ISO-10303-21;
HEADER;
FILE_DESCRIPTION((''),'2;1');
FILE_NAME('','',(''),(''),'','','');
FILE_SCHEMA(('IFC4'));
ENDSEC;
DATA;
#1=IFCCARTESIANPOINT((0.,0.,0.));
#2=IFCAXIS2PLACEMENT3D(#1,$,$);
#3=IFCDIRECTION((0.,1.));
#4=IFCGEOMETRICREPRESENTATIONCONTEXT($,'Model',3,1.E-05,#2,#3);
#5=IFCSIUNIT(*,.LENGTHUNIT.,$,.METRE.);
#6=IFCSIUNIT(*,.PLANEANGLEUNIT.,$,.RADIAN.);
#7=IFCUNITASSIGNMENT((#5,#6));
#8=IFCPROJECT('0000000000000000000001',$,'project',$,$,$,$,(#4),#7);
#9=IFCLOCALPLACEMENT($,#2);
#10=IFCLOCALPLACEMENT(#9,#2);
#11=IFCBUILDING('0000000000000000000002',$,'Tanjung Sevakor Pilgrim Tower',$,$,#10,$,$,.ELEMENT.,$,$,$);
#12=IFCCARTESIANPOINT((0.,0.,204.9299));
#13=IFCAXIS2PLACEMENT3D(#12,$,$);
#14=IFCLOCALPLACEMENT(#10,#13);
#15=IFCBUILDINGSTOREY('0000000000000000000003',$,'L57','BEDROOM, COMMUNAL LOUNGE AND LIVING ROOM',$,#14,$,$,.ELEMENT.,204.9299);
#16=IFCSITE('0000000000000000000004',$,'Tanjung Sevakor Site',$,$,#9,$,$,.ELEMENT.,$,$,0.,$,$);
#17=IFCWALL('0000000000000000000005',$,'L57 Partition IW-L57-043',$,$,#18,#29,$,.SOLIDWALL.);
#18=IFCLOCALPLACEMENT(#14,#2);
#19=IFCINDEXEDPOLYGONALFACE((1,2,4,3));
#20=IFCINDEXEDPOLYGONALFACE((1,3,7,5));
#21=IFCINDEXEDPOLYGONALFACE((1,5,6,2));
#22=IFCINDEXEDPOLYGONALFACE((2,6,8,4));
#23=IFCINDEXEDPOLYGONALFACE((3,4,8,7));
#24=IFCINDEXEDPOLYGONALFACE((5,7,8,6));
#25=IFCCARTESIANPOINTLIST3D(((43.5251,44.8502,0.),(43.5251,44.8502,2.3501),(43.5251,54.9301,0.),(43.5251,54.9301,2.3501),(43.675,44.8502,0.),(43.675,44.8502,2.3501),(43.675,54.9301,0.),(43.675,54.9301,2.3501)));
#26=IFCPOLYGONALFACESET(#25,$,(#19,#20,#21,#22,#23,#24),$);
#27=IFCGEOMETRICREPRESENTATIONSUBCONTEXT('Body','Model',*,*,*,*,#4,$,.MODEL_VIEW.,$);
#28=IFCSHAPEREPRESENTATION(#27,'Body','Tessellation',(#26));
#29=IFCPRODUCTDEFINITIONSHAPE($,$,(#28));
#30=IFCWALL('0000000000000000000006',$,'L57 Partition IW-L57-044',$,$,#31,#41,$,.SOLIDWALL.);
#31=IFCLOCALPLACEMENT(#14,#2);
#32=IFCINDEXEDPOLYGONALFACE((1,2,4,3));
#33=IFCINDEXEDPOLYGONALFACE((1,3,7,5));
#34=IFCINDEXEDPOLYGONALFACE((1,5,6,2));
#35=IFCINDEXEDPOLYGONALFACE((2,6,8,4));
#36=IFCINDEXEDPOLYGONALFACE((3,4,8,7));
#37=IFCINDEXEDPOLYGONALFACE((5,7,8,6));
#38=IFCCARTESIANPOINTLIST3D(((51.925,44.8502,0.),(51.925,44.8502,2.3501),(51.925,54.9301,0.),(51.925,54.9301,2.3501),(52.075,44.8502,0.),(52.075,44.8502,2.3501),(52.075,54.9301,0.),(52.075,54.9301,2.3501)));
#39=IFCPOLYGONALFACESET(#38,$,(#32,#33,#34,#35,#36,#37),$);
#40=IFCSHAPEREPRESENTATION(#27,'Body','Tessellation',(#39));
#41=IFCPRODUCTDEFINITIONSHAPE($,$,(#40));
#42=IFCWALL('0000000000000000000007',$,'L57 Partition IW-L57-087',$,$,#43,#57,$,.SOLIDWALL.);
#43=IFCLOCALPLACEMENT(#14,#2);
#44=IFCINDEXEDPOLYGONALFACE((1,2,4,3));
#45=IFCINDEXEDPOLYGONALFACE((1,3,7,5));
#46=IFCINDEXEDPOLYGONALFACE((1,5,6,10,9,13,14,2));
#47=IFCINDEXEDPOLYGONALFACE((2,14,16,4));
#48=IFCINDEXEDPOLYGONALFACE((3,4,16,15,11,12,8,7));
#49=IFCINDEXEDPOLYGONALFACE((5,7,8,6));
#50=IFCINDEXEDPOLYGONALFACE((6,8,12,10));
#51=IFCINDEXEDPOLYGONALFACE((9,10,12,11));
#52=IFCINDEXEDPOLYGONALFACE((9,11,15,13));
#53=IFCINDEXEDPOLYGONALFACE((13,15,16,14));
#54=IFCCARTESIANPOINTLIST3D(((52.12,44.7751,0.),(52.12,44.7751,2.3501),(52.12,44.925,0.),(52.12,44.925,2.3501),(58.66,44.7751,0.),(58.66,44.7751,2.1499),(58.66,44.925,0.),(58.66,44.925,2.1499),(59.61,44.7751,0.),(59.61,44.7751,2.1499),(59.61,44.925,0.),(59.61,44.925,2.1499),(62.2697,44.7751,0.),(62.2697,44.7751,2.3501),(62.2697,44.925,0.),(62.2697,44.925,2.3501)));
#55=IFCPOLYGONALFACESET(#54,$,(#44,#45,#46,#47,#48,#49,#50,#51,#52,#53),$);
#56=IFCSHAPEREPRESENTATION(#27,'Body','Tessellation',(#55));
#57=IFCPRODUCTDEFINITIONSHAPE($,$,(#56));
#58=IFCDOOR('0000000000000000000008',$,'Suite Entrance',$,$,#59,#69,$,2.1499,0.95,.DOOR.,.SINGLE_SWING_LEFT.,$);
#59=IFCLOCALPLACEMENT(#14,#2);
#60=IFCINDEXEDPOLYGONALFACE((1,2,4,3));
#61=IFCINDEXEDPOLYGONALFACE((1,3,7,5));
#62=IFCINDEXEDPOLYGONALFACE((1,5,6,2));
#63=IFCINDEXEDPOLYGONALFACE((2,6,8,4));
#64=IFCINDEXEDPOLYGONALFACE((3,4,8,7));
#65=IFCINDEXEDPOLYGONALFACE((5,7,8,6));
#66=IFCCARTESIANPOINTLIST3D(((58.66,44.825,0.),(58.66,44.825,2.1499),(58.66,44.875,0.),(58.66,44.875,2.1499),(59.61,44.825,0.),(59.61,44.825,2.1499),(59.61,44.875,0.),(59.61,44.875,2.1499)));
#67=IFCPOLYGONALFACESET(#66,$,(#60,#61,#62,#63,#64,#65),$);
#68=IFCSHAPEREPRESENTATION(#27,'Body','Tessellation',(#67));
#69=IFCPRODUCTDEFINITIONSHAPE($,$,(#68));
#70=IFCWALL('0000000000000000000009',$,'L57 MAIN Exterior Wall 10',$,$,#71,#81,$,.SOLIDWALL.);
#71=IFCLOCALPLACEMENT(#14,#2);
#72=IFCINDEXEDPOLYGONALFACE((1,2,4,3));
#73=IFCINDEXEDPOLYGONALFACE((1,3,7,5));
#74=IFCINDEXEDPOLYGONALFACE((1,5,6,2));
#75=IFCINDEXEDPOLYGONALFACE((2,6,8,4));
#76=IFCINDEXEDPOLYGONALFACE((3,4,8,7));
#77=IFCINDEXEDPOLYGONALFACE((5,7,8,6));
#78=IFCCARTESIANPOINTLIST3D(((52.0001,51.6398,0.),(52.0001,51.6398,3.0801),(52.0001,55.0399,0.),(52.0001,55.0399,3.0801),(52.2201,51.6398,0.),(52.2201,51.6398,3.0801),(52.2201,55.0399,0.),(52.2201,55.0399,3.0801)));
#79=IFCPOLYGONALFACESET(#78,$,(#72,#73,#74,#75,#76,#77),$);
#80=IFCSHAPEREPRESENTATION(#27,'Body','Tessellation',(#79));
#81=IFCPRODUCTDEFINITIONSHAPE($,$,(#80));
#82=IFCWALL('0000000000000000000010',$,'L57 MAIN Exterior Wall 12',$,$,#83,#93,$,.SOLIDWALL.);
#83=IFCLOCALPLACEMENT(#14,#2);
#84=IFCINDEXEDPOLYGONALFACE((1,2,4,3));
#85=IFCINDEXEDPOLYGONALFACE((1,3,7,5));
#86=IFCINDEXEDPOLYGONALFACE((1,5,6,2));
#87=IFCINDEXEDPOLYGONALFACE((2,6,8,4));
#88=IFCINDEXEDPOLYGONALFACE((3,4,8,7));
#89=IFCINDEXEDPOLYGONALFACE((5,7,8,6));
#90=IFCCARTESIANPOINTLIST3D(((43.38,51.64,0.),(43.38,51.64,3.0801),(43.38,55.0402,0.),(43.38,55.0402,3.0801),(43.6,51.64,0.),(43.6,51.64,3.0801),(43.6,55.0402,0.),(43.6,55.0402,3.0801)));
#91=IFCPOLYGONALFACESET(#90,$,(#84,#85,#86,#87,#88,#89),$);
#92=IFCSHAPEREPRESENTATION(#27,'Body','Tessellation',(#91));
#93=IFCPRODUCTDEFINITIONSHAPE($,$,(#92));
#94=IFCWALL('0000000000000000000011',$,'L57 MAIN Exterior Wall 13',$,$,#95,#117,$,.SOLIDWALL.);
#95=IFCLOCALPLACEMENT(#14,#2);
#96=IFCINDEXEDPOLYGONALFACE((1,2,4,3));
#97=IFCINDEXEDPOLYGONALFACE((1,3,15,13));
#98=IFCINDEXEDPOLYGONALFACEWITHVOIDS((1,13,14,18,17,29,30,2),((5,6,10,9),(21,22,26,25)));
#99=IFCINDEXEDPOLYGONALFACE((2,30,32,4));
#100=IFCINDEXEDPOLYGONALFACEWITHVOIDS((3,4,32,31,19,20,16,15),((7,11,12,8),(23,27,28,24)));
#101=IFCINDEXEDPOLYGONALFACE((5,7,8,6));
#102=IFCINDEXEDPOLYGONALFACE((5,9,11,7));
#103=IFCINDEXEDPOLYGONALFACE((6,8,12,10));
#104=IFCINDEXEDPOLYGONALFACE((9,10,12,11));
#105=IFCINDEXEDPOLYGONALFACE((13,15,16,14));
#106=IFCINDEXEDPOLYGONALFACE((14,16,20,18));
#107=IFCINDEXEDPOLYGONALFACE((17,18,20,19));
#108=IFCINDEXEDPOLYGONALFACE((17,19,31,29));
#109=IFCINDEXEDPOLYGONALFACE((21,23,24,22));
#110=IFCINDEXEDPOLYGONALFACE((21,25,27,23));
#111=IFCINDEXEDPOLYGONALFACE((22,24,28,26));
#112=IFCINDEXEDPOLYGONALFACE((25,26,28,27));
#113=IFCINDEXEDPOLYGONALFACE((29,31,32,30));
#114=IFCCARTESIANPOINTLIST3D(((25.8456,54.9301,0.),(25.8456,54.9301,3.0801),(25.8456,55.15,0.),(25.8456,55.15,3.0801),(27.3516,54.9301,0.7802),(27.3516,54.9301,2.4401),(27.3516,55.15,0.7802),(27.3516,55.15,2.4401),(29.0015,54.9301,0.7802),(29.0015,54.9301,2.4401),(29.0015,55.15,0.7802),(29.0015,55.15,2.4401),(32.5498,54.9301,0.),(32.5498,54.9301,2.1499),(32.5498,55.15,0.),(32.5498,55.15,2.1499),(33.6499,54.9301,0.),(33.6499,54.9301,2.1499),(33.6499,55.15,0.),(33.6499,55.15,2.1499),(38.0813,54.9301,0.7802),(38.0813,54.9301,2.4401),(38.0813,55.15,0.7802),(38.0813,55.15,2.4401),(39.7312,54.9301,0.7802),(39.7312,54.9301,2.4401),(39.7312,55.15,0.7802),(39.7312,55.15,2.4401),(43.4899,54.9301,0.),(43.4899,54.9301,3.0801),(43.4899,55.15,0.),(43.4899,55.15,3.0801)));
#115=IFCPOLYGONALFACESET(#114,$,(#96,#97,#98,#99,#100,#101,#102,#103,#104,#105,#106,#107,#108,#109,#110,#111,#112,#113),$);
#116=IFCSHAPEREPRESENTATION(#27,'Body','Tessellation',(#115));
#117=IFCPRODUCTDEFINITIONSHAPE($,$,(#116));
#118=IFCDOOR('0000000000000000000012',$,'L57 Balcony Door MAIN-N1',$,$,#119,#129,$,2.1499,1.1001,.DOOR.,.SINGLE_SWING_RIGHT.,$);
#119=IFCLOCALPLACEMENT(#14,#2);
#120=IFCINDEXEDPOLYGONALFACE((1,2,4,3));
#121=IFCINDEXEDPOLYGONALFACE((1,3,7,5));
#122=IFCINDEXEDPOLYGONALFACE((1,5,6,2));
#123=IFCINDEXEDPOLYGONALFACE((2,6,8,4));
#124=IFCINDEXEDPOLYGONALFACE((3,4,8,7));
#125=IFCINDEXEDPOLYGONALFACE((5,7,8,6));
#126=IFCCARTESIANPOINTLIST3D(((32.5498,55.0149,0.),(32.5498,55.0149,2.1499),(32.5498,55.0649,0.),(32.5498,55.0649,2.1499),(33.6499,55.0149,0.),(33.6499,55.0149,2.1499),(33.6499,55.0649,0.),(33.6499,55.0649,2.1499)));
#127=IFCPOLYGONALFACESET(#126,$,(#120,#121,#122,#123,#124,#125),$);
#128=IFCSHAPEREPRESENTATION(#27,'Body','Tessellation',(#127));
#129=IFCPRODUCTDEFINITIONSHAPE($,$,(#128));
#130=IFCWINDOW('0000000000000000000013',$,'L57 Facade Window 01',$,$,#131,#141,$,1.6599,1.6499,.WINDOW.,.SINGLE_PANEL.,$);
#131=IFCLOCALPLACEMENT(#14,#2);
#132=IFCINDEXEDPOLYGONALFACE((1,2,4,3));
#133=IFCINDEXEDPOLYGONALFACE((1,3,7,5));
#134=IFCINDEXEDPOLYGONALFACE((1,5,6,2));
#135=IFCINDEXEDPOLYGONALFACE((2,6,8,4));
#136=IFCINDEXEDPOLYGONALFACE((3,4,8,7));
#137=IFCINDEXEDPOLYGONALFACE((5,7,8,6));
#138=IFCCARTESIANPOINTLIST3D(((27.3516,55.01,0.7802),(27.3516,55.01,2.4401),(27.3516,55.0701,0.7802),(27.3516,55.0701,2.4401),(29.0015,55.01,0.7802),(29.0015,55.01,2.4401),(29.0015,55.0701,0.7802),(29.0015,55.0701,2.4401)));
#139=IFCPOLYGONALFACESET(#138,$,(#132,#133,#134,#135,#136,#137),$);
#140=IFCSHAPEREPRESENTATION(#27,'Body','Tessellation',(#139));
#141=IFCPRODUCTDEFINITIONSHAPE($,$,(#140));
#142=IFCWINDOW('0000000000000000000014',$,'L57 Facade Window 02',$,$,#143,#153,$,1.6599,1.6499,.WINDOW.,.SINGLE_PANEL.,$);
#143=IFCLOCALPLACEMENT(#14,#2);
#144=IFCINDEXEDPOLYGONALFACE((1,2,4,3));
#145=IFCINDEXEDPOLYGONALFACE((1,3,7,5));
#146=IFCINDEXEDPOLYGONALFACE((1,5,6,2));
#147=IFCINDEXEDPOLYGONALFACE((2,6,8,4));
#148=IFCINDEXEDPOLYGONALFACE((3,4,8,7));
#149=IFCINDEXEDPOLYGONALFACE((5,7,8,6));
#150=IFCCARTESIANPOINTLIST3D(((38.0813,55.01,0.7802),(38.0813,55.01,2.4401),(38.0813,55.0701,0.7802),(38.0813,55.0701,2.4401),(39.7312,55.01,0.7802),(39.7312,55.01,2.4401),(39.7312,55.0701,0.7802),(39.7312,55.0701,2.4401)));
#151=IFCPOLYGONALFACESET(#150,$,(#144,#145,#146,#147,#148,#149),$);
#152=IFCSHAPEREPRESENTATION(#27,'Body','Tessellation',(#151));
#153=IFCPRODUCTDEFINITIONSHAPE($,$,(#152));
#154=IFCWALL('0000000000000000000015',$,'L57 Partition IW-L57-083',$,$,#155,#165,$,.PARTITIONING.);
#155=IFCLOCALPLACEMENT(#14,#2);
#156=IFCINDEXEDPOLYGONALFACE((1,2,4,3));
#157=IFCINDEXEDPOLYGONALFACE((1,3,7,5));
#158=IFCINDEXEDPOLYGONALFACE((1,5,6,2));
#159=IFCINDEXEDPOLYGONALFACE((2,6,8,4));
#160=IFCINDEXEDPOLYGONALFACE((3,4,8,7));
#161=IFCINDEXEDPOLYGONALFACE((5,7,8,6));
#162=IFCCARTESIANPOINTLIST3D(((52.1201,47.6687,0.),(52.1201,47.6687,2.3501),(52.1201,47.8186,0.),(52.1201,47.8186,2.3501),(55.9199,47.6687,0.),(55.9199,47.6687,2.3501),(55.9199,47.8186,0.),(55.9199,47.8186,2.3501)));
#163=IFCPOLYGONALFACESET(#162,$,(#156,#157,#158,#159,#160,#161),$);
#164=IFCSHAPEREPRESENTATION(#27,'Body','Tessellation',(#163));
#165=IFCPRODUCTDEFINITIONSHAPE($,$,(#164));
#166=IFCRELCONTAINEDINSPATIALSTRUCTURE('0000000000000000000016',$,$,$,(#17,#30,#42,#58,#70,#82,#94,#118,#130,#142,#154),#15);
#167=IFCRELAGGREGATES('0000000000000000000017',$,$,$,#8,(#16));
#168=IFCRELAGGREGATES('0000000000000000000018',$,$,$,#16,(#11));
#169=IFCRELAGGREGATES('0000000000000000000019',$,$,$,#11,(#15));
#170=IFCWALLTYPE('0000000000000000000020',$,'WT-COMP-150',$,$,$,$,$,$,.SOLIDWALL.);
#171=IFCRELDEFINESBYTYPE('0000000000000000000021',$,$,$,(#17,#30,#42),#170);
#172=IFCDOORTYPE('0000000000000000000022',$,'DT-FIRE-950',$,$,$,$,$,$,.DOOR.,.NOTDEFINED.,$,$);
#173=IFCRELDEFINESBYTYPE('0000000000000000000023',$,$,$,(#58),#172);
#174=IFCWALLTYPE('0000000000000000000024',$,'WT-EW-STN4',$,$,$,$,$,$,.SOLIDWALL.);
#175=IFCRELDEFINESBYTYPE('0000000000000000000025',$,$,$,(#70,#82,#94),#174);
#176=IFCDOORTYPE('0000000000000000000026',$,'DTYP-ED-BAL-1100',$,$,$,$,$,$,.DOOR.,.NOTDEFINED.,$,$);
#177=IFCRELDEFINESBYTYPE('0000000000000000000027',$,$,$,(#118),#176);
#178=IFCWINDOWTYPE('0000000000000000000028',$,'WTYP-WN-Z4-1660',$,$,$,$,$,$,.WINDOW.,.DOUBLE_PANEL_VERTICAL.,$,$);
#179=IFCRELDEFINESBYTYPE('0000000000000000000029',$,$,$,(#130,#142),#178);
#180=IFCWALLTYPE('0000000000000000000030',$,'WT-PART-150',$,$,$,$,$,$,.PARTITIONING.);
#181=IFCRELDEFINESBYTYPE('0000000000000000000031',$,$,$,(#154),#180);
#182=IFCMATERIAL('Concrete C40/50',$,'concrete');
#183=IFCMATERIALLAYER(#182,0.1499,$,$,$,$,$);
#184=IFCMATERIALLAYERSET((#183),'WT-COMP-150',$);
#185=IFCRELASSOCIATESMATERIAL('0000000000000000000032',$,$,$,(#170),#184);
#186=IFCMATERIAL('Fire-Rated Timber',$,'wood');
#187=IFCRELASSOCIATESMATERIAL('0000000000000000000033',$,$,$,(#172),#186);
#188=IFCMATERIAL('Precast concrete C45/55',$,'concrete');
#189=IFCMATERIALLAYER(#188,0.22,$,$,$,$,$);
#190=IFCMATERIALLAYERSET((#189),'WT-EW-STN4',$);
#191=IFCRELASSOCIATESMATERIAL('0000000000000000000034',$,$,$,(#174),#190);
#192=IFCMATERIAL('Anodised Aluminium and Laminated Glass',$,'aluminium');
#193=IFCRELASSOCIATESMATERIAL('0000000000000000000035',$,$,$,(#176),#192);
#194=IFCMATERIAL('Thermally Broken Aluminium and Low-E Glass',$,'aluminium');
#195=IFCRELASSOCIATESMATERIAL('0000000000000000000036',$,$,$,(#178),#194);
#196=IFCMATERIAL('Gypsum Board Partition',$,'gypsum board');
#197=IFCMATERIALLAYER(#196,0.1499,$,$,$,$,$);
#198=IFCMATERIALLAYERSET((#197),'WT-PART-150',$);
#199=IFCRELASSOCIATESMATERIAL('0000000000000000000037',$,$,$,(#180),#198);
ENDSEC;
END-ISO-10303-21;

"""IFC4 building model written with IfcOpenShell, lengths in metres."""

from ifc_helpers import new_model, si_unit, direction, frame, frame_2d, origin, place, context, subcontext, project, spatial, rectangle, extrude, material, layer, layer_set, type_object, element, fill, save


model = new_model("IFC4")

# Units and contexts
model_context = context("Model", 3, precision=1e-05, world=origin(), true_north=direction((0.0, 1.0)))
body_context = subcontext(model_context, "Body", "Model", "MODEL_VIEW")
ifc_project = project(units=[si_unit("LENGTHUNIT", "METRE"), si_unit("PLANEANGLEUNIT", "RADIAN")], contexts=[model_context])

# Site, building, storey
site_placement = place(None, origin())
site = spatial("IfcSite", under=ifc_project, at=site_placement, Name="Tanjung Sevakor Site", CompositionType="ELEMENT", RefElevation=0.0)
building_placement = place(site_placement, origin())
building = spatial("IfcBuilding", under=site, at=building_placement, Name="Tanjung Sevakor Pilgrim Tower", CompositionType="ELEMENT")
storey_placement = place(building_placement, frame((0.0, 0.0, 204.9299)))
storey = spatial("IfcBuildingStorey", under=building, at=storey_placement, Name="L57", Description="BEDROOM, COMMUNAL LOUNGE AND LIVING ROOM", CompositionType="ELEMENT", Elevation=204.9299)

# Shared definitions
ifc_material_1 = material(Name="Concrete C40/50", Category="concrete")
ifc_layer_1 = layer(ifc_material_1, 0.1499)
ifc_layer_set_1 = layer_set([ifc_layer_1], Name="WT-COMP-150")
wall_type_1 = type_object("IfcWallType", Name="WT-COMP-150", PredefinedType="SOLIDWALL", material=ifc_layer_set_1)

# Walls
for number, where, z_axis, x_axis, name in (
    (1, (43.6001, 44.8501, 0.0), (0.0, 0.0, 1.0), (0.0, 1.0, 0.0), "L57 Partition IW-L57-043"),
    (2, (52.0, 44.8501, 0.0), (0.0, 0.0, 1.0), (0.0, 1.0, 0.0), "L57 Partition IW-L57-044"),
):
    element("IfcWall", number, at=place(storey_placement, frame(where, z_axis=z_axis, x_axis=x_axis)), inside=storey, type_object=wall_type_1, Name=name, PredefinedType="SOLIDWALL", context=body_context, shape_type="SweptSolid", body=[
        extrude(rectangle(XDim=10.0798, YDim=0.1499, at=frame_2d((5.04, 0.0))), origin(), (0.0, 0.0, 1.0), 2.3501),
    ])

# Wall, opening, door
wall_1_placement = place(storey_placement, frame((52.1201, 44.8501, 0.0), z_axis=(0.0, 0.0, 1.0), x_axis=(1.0, 0.0, 0.0)))
wall_1 = element("IfcWall", 3, at=wall_1_placement, inside=storey, type_object=wall_type_1, Name="L57 Partition IW-L57-087", PredefinedType="SOLIDWALL", context=body_context, shape_type="SweptSolid", body=[
    extrude(rectangle(XDim=10.1497, YDim=0.1499, at=frame_2d((5.0747, 0.0))), origin(), (0.0, 0.0, 1.0), 2.3501),
])
opening_1_placement = place(wall_1_placement, frame((6.5398, 0.0, 0.0)))
opening_1 = element("IfcOpeningElement", 4, at=opening_1_placement, cuts=wall_1, PredefinedType="OPENING", context=body_context, shape_type="SweptSolid", body=[
    extrude(rectangle(XDim=0.95, YDim=2.1499, at=frame_2d((0.4751, 1.075))), frame((0.0, 0.085, 0.0), z_axis=(0.0, -1.0, 0.0), x_axis=(1.0, 0.0, 0.0)), (0.0, 0.0, 1.0), 0.1699),
])
ifc_material_2 = material(Name="Fire-Rated Timber", Category="wood")
door_type_1 = type_object("IfcDoorType", Name="DT-FIRE-950", OperationType="NOTDEFINED", PredefinedType="DOOR", material=ifc_material_2)
door_1_placement = place(opening_1_placement, origin())
door_1 = element("IfcDoor", 5, at=door_1_placement, inside=storey, type_object=door_type_1, Name="Suite Entrance", OperationType="SINGLE_SWING_LEFT", OverallHeight=2.1499, OverallWidth=0.95, PredefinedType="DOOR", context=body_context, shape_type="SweptSolid", body=[
    extrude(rectangle(XDim=0.95, YDim=2.1499, at=frame_2d((0.4751, 1.075))), frame((0.0, 0.0249, 0.0), z_axis=(0.0, -1.0, 0.0), x_axis=(1.0, 0.0, 0.0)), (0.0, 0.0, 1.0), 0.05),
])
fill(opening_1, door_1)

# Walls
ifc_material_3 = material(Name="Precast concrete C45/55", Category="concrete")
ifc_layer_2 = layer(ifc_material_3, 0.22)
ifc_layer_set_2 = layer_set([ifc_layer_2], Name="WT-EW-STN4")
wall_type_2 = type_object("IfcWallType", Name="WT-EW-STN4", PredefinedType="SOLIDWALL", material=ifc_layer_set_2)
for number, where, z_axis, x_axis, name in (
    (6, (52.1101, 55.04, 0.0), (0.0, 0.0, 1.0), (0.0, -1.0, 0.0), "L57 MAIN Exterior Wall 10"),
    (7, (43.49, 51.6399, 0.0), (0.0, 0.0, 1.0), (0.0, 1.0, 0.0), "L57 MAIN Exterior Wall 12"),
):
    element("IfcWall", number, at=place(storey_placement, frame(where, z_axis=z_axis, x_axis=x_axis)), inside=storey, type_object=wall_type_2, Name=name, PredefinedType="SOLIDWALL", context=body_context, shape_type="SweptSolid", body=[
        extrude(rectangle(XDim=3.4001, YDim=0.22, at=frame_2d((1.7002, 0.0))), origin(), (0.0, 0.0, 1.0), 3.0801),
    ])

# Wall, openings, door, windows
wall_2_placement = place(storey_placement, frame((43.49, 55.04, 0.0), z_axis=(0.0, 0.0, 1.0), x_axis=(-1.0, 0.0, 0.0)))
wall_2 = element("IfcWall", 8, at=wall_2_placement, inside=storey, type_object=wall_type_2, Name="L57 MAIN Exterior Wall 13", PredefinedType="SOLIDWALL", context=body_context, shape_type="SweptSolid", body=[
    extrude(rectangle(XDim=17.6443, YDim=0.22, at=frame_2d((8.8223, 0.0))), origin(), (0.0, 0.0, 1.0), 3.0801),
])
opening_2_placement = place(wall_2_placement, frame((9.8401, 0.0, 0.0)))
opening_2 = element("IfcOpeningElement", 9, at=opening_2_placement, cuts=wall_2, PredefinedType="OPENING", context=body_context, shape_type="SweptSolid", body=[
    extrude(rectangle(XDim=1.1001, YDim=2.1499, at=frame_2d((0.55, 1.075))), frame((0.0, 0.1199, 0.0), z_axis=(0.0, -1.0, 0.0), x_axis=(1.0, 0.0, 0.0)), (0.0, 0.0, 1.0), 0.24),
])
opening_3_placement = place(wall_2_placement, frame((14.4885, 0.0, 0.78)))
opening_3 = element("IfcOpeningElement", 10, at=opening_3_placement, cuts=wall_2, PredefinedType="OPENING", context=body_context, shape_type="SweptSolid", body=[
    extrude(rectangle(XDim=1.6499, YDim=1.6599, at=frame_2d((0.825, 0.8301))), frame((0.0, 0.1199, 0.0), z_axis=(0.0, -1.0, 0.0), x_axis=(1.0, 0.0, 0.0)), (0.0, 0.0, 1.0), 0.24),
])
opening_4_placement = place(wall_2_placement, frame((3.7588, 0.0, 0.78)))
opening_4 = element("IfcOpeningElement", 11, at=opening_4_placement, cuts=wall_2, PredefinedType="OPENING", context=body_context, shape_type="SweptSolid", body=[
    extrude(rectangle(XDim=1.6499, YDim=1.6599, at=frame_2d((0.825, 0.8301))), frame((0.0, 0.1199, 0.0), z_axis=(0.0, -1.0, 0.0), x_axis=(1.0, 0.0, 0.0)), (0.0, 0.0, 1.0), 0.24),
])
ifc_material_4 = material(Name="Anodised Aluminium and Laminated Glass", Category="aluminium")
door_type_2 = type_object("IfcDoorType", Name="DTYP-ED-BAL-1100", OperationType="NOTDEFINED", PredefinedType="DOOR", material=ifc_material_4)
door_2_placement = place(opening_2_placement, frame((1.1001, 0.0, 0.0), z_axis=(0.0, 0.0, 1.0), x_axis=(-1.0, 0.0, 0.0)))
door_2 = element("IfcDoor", 12, at=door_2_placement, inside=storey, type_object=door_type_2, Name="L57 Balcony Door MAIN-N1", OperationType="SINGLE_SWING_RIGHT", OverallHeight=2.1499, OverallWidth=1.1001, PredefinedType="DOOR", context=body_context, shape_type="SweptSolid", body=[
    extrude(rectangle(XDim=1.1001, YDim=2.1499, at=frame_2d((0.55, 1.075))), frame((0.0, 0.0249, 0.0), z_axis=(0.0, -1.0, 0.0), x_axis=(1.0, 0.0, 0.0)), (0.0, 0.0, 1.0), 0.05),
])
fill(opening_2, door_2)
ifc_material_5 = material(Name="Thermally Broken Aluminium and Low-E Glass", Category="aluminium")
window_type = type_object("IfcWindowType", Name="WTYP-WN-Z4-1660", PartitioningType="DOUBLE_PANEL_VERTICAL", PredefinedType="WINDOW", material=ifc_material_5)
window_1_placement = place(opening_3_placement, origin())
window_1 = element("IfcWindow", 13, at=window_1_placement, inside=storey, type_object=window_type, Name="L57 Facade Window 01", OverallHeight=1.6599, OverallWidth=1.6499, PartitioningType="SINGLE_PANEL", PredefinedType="WINDOW", context=body_context, shape_type="SweptSolid", body=[
    extrude(rectangle(XDim=1.6499, YDim=1.6599, at=frame_2d((0.825, 0.8301))), frame((0.0, 0.03, 0.0), z_axis=(0.0, -1.0, 0.0), x_axis=(1.0, 0.0, 0.0)), (0.0, 0.0, 1.0), 0.0601),
])
fill(opening_3, window_1)
window_2_placement = place(opening_4_placement, origin())
window_2 = element("IfcWindow", 14, at=window_2_placement, inside=storey, type_object=window_type, Name="L57 Facade Window 02", OverallHeight=1.6599, OverallWidth=1.6499, PartitioningType="SINGLE_PANEL", PredefinedType="WINDOW", context=body_context, shape_type="SweptSolid", body=[
    extrude(rectangle(XDim=1.6499, YDim=1.6599, at=frame_2d((0.825, 0.8301))), frame((0.0, 0.03, 0.0), z_axis=(0.0, -1.0, 0.0), x_axis=(1.0, 0.0, 0.0)), (0.0, 0.0, 1.0), 0.0601),
])
fill(opening_4, window_2)

# Wall
ifc_material_6 = material(Name="Gypsum Board Partition", Category="gypsum board")
ifc_layer_3 = layer(ifc_material_6, 0.1499)
ifc_layer_set_3 = layer_set([ifc_layer_3], Name="WT-PART-150")
wall_type_3 = type_object("IfcWallType", Name="WT-PART-150", PredefinedType="PARTITIONING", material=ifc_layer_set_3)
wall_3_placement = place(storey_placement, frame((52.1201, 47.7437, 0.0), z_axis=(0.0, 0.0, 1.0), x_axis=(1.0, 0.0, 0.0)))
element("IfcWall", 15, at=wall_3_placement, inside=storey, type_object=wall_type_3, Name="L57 Partition IW-L57-083", PredefinedType="PARTITIONING", context=body_context, shape_type="SweptSolid", body=[
    extrude(rectangle(XDim=3.7998, YDim=0.1499, at=frame_2d((1.8999, 0.0))), origin(), (0.0, 0.0, 1.0), 2.3501),
])

save(model, "model.ifc")
